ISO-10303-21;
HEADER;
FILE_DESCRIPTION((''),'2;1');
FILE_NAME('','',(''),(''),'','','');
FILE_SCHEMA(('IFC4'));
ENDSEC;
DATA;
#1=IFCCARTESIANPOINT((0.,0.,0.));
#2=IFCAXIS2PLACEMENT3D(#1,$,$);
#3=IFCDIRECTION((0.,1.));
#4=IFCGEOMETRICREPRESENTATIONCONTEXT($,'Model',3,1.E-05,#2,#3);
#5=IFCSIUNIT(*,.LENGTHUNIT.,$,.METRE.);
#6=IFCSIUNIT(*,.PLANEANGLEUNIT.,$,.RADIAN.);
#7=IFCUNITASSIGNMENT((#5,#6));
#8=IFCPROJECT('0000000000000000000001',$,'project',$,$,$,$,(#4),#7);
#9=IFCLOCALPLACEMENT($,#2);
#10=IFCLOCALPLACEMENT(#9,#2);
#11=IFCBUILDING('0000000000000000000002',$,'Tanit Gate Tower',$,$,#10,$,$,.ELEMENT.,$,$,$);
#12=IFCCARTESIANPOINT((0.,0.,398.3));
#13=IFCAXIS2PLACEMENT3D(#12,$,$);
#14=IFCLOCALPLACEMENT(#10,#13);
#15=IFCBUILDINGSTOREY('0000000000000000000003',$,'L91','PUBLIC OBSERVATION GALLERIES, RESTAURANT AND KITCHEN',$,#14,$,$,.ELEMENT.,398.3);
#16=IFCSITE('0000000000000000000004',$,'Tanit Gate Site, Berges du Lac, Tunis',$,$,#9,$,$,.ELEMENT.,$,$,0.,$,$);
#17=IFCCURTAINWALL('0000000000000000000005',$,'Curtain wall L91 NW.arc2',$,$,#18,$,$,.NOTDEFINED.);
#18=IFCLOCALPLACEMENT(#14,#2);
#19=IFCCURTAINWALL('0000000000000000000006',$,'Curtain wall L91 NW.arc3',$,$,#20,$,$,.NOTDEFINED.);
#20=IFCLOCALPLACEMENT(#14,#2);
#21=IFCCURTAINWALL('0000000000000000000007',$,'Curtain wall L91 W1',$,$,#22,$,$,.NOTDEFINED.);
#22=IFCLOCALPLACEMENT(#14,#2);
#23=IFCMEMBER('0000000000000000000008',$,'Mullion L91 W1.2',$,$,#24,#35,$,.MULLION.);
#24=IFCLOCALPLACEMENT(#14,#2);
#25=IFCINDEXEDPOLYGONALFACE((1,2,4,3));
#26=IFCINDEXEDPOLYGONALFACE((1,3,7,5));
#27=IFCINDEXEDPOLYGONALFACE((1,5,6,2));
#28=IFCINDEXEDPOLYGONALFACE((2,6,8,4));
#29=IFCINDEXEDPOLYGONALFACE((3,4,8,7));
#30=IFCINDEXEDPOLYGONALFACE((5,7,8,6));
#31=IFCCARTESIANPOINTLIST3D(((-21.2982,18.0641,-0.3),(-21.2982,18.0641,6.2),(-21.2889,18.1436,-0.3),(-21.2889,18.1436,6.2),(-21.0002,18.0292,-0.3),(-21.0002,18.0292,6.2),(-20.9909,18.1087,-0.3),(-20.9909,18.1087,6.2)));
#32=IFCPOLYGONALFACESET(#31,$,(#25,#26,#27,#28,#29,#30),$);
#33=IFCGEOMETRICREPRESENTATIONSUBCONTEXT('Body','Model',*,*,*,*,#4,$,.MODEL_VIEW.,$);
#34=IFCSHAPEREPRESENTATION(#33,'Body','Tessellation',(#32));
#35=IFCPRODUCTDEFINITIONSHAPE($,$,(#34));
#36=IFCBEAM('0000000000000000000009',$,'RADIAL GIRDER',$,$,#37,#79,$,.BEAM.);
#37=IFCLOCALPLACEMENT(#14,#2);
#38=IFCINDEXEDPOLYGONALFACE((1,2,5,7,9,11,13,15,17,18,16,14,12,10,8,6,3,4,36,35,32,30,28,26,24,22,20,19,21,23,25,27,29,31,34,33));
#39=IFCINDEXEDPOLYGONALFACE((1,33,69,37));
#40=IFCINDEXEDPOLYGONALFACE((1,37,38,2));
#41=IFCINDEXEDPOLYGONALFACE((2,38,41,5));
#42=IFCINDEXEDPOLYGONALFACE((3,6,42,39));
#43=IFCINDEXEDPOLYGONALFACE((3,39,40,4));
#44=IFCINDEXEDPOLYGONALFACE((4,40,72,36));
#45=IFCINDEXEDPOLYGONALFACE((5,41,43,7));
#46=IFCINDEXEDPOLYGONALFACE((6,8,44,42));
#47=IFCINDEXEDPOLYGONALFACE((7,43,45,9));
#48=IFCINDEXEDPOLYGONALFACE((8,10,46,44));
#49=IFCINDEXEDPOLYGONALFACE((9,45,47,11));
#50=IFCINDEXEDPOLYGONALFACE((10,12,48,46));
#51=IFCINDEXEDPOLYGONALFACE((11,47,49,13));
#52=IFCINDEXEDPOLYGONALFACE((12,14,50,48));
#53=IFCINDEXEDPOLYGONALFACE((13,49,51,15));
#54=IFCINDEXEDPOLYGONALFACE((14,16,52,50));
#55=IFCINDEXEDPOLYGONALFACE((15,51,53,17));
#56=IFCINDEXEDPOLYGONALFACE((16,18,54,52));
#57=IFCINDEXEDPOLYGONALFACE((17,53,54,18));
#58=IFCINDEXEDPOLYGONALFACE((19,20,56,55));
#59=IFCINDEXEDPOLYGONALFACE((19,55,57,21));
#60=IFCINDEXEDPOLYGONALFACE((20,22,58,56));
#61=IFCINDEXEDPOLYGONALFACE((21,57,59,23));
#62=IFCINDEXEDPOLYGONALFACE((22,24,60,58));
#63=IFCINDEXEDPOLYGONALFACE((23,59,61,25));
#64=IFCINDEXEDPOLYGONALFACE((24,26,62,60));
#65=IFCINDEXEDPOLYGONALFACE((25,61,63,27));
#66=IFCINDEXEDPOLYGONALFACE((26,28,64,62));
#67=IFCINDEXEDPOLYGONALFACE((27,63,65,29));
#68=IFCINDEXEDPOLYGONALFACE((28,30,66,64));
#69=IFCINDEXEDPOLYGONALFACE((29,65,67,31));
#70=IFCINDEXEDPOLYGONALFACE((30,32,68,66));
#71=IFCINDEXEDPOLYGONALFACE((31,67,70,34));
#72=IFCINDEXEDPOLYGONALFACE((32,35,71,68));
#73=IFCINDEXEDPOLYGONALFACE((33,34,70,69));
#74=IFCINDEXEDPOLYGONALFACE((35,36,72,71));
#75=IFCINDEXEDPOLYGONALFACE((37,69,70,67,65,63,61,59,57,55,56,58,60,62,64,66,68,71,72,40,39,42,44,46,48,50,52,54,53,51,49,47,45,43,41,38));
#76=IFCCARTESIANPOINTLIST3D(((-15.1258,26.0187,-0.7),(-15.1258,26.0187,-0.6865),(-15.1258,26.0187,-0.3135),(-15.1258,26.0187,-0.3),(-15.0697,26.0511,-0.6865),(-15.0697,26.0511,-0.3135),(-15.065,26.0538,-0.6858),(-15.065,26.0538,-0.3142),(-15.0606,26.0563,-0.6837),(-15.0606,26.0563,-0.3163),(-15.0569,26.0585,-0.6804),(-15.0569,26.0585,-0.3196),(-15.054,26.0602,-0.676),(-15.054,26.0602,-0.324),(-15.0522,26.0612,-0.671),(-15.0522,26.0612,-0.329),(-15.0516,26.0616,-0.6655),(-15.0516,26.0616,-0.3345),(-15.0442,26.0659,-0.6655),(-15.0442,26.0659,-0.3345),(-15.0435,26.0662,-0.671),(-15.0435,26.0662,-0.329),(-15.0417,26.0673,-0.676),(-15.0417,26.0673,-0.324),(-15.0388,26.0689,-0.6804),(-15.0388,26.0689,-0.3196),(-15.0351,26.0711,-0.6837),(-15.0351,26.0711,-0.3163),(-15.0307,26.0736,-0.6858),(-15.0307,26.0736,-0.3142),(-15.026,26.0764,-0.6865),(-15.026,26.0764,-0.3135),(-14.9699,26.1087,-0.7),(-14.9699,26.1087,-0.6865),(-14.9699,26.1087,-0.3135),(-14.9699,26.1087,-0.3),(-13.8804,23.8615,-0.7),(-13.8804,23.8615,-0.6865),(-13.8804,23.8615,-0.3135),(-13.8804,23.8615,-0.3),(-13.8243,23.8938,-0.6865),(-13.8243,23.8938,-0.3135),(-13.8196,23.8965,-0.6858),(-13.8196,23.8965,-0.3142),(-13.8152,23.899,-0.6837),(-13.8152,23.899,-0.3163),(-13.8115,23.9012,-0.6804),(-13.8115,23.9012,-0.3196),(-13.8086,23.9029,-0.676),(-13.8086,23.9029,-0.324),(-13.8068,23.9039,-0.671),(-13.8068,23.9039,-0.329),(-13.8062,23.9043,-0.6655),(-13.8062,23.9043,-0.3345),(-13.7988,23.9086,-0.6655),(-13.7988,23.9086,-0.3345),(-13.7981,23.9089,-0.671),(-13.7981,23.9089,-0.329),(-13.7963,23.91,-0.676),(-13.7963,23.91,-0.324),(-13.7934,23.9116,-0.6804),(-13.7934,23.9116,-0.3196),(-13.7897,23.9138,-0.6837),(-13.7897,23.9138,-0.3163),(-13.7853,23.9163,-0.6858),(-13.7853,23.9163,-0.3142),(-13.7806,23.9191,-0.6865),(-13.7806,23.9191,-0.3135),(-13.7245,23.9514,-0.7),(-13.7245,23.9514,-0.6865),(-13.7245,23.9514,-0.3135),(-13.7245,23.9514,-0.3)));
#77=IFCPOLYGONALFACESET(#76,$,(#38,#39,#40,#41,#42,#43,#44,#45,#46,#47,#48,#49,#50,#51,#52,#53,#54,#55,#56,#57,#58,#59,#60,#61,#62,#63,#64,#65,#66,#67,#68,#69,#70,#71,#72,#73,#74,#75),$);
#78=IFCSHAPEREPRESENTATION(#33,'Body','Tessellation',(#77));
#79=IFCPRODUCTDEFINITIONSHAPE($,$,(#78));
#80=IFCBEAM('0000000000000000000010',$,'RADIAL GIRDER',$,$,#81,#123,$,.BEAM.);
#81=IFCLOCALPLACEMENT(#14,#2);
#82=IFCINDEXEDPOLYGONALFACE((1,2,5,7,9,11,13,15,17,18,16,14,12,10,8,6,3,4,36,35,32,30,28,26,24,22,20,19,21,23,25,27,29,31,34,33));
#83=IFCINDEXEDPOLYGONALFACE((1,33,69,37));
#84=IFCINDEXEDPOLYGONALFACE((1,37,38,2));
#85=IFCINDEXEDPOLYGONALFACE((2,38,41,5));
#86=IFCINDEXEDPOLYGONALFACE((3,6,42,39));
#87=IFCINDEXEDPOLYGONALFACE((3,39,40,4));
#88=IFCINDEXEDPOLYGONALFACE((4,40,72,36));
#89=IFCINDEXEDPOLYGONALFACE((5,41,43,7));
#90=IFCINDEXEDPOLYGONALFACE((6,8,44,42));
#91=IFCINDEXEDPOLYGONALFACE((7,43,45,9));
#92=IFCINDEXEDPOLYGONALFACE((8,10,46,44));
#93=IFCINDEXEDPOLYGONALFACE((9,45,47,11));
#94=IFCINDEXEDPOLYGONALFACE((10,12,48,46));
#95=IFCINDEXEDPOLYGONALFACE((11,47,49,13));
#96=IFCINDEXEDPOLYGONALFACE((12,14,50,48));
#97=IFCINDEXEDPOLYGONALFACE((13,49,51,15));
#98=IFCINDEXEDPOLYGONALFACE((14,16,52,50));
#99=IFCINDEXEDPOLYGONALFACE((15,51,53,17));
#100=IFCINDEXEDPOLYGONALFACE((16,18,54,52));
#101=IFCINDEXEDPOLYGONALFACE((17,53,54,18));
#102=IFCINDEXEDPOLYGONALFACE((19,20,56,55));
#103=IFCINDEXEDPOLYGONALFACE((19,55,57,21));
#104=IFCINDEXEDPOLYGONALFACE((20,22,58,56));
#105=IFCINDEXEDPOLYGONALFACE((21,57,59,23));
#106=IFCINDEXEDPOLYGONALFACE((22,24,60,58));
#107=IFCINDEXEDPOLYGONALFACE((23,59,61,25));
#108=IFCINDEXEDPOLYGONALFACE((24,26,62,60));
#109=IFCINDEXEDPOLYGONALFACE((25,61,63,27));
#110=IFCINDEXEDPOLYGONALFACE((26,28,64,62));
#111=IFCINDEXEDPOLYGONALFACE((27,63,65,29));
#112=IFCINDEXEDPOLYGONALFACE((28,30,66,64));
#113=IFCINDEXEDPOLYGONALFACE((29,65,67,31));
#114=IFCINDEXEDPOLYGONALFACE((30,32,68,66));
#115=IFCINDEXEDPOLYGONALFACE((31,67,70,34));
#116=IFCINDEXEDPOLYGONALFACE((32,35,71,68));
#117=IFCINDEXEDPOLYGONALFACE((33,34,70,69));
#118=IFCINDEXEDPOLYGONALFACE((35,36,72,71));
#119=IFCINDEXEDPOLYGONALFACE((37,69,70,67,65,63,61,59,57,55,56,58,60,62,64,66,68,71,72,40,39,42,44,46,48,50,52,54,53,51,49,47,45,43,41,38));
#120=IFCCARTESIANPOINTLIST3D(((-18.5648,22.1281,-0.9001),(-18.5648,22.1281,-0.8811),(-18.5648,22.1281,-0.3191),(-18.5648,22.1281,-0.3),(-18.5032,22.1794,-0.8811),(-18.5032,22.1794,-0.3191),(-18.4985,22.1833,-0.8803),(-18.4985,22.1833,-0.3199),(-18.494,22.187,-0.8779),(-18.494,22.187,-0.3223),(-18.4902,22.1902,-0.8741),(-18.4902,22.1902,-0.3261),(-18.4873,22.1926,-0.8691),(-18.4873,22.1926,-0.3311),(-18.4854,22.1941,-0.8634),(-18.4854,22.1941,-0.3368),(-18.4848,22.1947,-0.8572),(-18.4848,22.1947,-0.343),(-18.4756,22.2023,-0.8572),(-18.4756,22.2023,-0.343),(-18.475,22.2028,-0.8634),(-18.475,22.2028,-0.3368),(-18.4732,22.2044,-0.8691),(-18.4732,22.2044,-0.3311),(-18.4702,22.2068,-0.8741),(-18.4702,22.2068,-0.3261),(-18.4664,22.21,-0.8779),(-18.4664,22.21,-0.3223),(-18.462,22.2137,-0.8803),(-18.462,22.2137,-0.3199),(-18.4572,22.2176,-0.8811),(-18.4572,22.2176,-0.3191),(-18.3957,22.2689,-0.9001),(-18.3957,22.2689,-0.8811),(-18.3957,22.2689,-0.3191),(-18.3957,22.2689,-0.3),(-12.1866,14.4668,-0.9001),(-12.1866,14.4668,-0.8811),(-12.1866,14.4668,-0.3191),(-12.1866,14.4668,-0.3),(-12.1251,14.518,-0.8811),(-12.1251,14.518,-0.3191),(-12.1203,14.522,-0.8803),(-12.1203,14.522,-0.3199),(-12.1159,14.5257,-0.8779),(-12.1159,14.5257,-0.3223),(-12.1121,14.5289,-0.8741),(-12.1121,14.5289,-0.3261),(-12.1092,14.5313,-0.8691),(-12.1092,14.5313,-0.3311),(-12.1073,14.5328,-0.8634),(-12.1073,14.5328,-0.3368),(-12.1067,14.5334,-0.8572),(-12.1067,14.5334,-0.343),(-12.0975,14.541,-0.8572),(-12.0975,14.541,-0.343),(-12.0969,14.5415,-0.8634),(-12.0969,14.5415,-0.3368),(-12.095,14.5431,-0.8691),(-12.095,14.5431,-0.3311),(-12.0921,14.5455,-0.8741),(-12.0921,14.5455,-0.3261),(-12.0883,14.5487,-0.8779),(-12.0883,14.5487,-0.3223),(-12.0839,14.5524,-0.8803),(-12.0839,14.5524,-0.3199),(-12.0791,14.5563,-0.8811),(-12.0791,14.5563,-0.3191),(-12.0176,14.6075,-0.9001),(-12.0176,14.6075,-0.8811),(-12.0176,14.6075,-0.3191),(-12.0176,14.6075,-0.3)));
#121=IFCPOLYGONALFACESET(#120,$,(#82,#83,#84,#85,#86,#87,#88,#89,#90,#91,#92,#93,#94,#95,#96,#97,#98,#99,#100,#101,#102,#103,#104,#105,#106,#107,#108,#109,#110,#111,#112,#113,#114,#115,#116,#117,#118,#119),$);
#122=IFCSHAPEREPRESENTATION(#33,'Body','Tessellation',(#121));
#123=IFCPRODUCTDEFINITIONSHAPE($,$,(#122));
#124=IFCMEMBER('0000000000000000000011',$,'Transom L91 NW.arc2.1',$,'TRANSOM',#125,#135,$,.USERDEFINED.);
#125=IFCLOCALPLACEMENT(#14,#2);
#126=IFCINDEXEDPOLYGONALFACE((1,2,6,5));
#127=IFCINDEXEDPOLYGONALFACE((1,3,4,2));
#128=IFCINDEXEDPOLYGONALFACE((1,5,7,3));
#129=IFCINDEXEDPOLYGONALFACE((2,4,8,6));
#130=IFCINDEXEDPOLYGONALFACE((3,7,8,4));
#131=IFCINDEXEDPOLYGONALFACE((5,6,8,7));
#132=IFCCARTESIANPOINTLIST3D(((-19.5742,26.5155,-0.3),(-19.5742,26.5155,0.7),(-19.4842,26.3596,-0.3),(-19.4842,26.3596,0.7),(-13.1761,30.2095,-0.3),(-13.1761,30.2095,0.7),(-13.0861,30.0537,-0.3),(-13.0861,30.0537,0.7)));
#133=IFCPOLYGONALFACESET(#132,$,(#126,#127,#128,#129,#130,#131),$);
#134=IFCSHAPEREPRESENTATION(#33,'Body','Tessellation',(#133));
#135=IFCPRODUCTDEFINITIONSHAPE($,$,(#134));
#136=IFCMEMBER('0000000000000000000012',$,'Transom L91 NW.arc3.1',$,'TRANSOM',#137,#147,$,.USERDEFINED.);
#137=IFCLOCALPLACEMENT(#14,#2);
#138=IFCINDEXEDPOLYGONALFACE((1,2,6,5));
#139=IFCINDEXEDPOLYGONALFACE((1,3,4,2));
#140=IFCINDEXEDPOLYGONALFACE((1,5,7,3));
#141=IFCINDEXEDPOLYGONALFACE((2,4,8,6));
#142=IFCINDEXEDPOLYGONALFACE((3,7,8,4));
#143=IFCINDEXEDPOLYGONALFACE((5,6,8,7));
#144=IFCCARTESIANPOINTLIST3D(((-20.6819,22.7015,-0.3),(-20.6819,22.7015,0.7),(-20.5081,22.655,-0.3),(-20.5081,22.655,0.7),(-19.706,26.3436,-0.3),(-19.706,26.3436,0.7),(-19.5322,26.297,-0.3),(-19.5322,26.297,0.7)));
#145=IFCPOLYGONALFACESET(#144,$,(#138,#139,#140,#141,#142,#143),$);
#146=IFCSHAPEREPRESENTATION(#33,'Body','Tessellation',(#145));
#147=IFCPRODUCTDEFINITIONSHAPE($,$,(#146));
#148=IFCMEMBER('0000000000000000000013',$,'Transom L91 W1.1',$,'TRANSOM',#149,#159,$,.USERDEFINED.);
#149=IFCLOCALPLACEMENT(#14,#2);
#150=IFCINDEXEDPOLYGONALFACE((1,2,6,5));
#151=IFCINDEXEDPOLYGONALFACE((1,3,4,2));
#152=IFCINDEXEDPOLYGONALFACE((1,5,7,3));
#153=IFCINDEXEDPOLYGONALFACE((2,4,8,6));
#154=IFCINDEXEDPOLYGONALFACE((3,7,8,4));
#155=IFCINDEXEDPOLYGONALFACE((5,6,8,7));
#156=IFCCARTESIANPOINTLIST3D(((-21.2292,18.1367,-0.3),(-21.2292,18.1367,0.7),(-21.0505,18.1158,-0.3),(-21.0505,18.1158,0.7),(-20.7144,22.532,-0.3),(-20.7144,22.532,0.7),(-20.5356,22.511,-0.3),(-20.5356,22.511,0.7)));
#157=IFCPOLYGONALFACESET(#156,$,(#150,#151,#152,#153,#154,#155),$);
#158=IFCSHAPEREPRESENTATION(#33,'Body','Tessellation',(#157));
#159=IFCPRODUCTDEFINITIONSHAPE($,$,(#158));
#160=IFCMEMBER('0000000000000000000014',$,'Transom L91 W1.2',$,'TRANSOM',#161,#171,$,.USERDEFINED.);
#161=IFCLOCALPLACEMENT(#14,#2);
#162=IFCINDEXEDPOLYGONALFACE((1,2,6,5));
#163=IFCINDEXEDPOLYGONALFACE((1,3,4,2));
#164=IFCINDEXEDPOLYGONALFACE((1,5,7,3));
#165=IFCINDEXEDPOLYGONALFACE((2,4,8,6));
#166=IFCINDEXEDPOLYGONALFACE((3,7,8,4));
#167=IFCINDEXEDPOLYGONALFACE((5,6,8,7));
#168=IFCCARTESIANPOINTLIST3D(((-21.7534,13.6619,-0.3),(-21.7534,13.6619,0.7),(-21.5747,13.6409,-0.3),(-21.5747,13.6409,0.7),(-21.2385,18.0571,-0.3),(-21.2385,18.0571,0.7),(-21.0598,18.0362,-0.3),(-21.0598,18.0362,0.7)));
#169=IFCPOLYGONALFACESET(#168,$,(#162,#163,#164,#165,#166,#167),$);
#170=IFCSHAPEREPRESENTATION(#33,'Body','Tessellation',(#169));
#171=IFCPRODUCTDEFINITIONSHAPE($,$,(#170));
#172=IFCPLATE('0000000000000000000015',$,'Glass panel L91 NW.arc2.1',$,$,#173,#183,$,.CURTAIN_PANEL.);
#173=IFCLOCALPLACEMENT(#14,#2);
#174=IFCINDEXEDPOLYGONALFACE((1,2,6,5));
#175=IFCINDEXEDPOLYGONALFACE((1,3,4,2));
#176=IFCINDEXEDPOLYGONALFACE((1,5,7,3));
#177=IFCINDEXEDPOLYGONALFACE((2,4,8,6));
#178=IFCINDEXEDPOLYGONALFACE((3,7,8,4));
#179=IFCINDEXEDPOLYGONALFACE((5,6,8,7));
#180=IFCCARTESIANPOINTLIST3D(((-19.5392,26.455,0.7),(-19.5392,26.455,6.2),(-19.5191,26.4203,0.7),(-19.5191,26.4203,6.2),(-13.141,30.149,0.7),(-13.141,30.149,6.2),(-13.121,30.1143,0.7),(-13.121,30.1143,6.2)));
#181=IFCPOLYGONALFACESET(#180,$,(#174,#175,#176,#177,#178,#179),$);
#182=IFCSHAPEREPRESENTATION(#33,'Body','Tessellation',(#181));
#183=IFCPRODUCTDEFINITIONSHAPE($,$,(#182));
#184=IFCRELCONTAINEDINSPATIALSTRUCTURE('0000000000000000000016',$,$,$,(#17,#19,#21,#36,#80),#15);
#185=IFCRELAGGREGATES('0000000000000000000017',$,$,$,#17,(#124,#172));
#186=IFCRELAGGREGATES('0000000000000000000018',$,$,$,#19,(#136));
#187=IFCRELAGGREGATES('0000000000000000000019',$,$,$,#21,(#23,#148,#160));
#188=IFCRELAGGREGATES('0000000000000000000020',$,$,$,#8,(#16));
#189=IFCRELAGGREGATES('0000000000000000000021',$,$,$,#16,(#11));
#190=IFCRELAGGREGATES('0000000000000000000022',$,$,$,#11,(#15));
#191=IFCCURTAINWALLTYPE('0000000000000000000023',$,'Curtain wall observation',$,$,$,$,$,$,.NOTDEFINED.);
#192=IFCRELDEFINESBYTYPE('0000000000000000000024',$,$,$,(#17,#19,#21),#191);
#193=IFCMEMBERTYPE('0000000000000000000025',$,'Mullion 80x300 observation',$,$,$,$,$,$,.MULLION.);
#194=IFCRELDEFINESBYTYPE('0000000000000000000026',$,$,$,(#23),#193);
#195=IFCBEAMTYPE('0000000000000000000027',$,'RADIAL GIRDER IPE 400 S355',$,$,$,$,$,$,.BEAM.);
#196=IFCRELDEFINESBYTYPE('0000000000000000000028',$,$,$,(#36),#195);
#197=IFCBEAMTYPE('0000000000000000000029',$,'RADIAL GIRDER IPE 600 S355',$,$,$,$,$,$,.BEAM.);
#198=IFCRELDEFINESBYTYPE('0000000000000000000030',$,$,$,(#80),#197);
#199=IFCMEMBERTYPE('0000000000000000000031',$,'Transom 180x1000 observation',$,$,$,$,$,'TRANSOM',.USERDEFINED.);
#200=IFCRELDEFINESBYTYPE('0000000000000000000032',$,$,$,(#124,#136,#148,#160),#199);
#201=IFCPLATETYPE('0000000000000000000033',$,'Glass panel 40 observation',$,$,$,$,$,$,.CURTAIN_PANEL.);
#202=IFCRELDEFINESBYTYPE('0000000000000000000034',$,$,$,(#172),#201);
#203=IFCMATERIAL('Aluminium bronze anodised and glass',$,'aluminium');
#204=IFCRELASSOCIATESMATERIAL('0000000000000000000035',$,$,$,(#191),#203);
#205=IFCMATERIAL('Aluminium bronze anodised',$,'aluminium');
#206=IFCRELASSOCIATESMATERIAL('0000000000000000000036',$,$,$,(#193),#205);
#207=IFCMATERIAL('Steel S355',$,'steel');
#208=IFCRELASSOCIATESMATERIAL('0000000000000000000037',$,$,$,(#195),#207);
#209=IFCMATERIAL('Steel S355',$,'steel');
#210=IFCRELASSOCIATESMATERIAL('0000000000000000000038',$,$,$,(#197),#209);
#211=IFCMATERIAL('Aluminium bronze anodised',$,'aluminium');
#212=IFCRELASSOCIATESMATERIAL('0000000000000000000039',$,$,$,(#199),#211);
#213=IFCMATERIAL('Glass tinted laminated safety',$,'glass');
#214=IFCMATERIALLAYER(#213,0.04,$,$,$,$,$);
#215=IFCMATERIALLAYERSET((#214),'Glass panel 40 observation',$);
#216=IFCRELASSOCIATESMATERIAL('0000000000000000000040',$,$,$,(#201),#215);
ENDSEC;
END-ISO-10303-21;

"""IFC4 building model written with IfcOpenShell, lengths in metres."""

from ifc_helpers import new_model, si_unit, direction, frame, origin, origin_2d, place, context, subcontext, project, spatial, rectangle, i_section, extrude, material, layer, layer_set, material_profile, profile_set, type_object, element, aggregate, save


model = new_model("IFC4")

# Units and contexts
model_context = context("Model", 3, precision=1e-05, world=origin(), true_north=direction((0.0, 1.0)))
body_context = subcontext(model_context, "Body", "Model", "MODEL_VIEW")
ifc_project = project(units=[si_unit("LENGTHUNIT", "METRE"), si_unit("PLANEANGLEUNIT", "RADIAN")], contexts=[model_context])

# Site, building, storey
site_placement = place(None, origin())
site = spatial("IfcSite", under=ifc_project, at=site_placement, Name="Tanit Gate Site, Berges du Lac, Tunis", CompositionType="ELEMENT", RefElevation=0.0)
building_placement = place(site_placement, origin())
building = spatial("IfcBuilding", under=site, at=building_placement, Name="Tanit Gate Tower", CompositionType="ELEMENT")
storey_placement = place(building_placement, frame((0.0, 0.0, 398.3)))
storey = spatial("IfcBuildingStorey", under=building, at=storey_placement, Name="L91", Description="PUBLIC OBSERVATION GALLERIES, RESTAURANT AND KITCHEN", CompositionType="ELEMENT", Elevation=398.3)

# Curtain walls, member
ifc_material_1 = material(Name="Aluminium bronze anodised and glass", Category="aluminium")
curtain_wall_type = type_object("IfcCurtainWallType", Name="Curtain wall observation", PredefinedType="NOTDEFINED", material=ifc_material_1)
curtain_wall_1_placement = place(storey_placement, origin())
curtain_wall_1 = element("IfcCurtainWall", 1, at=curtain_wall_1_placement, inside=storey, type_object=curtain_wall_type, Name="Curtain wall L91 NW.arc2", PredefinedType="NOTDEFINED")
ifc_material_2 = material(Name="Aluminium bronze anodised", Category="aluminium")
ifc_material_profile_1 = material_profile(ifc_material_2, rectangle(XDim=0.3, YDim=0.0801, at=origin_2d()), Name="80x300 bronze mullion")
ifc_profile_set_1 = profile_set([ifc_material_profile_1], Name="Aluminium bronze anodised")
member_type_1 = type_object("IfcMemberType", Name="Mullion 80x300 observation", PredefinedType="MULLION", material=ifc_profile_set_1)
curtain_wall_2_placement = place(storey_placement, origin())
curtain_wall_2 = element("IfcCurtainWall", 2, at=curtain_wall_2_placement, inside=storey, type_object=curtain_wall_type, Name="Curtain wall L91 NW.arc3", PredefinedType="NOTDEFINED")
curtain_wall_3_placement = place(storey_placement, origin())
curtain_wall_3 = element("IfcCurtainWall", 3, at=curtain_wall_3_placement, inside=storey, type_object=curtain_wall_type, Name="Curtain wall L91 W1", PredefinedType="NOTDEFINED")
member_1_placement = place(storey_placement, frame((-21.1445, 18.0864, -0.3), z_axis=(0.0, 0.0, 1.0), x_axis=(0.993212, -0.116318, 0.0)))
member_1 = element("IfcMember", 4, at=member_1_placement, type_object=member_type_1, Name="Mullion L91 W1.2", PredefinedType="MULLION", context=body_context, shape_type="SweptSolid", body=[
    extrude(rectangle(XDim=0.3, YDim=0.0801, at=origin_2d()), origin(), (0.0, 0.0, 1.0), 6.5),
])

# Beams
ifc_material_3 = material(Name="Steel S355", Category="steel")
ifc_material_profile_2 = material_profile(ifc_material_3, i_section(OverallWidth=0.1799, OverallDepth=0.3999, WebThickness=0.0085, FlangeThickness=0.0134, FilletRadius=0.021, at=origin_2d()), Name="IPE 400")
ifc_profile_set_2 = profile_set([ifc_material_profile_2], Name="Steel S355")
beam_type_1 = type_object("IfcBeamType", Name="RADIAL GIRDER IPE 400 S355", PredefinedType="BEAM", material=ifc_profile_set_2)
beam_1_placement = place(storey_placement, frame((-15.0479, 26.0637, -0.5), z_axis=(0.499966, -0.866045, 0.0), x_axis=(0.866045, 0.499966, 0.0)))
element("IfcBeam", 5, at=beam_1_placement, inside=storey, type_object=beam_type_1, Name="RADIAL GIRDER", PredefinedType="BEAM", context=body_context, shape_type="SweptSolid", body=[
    extrude(i_section(OverallWidth=0.1799, OverallDepth=0.3999, WebThickness=0.0085, FlangeThickness=0.0134, FilletRadius=0.021, at=origin_2d()), origin(), (0.0, 0.0, 1.0), 2.491),
])
ifc_material_4 = material(Name="Steel S355", Category="steel")
ifc_material_profile_3 = material_profile(ifc_material_4, i_section(OverallWidth=0.22, OverallDepth=0.6001, WebThickness=0.012, FlangeThickness=0.019, FilletRadius=0.0239, at=origin_2d()), Name="IPE 600")
ifc_profile_set_3 = profile_set([ifc_material_profile_3], Name="Steel S355")
beam_type_2 = type_object("IfcBeamType", Name="RADIAL GIRDER IPE 600 S355", PredefinedType="BEAM", material=ifc_profile_set_3)
beam_2_placement = place(storey_placement, frame((-18.4802, 22.1985, -0.6001), z_axis=(0.639811, -0.768532, 0.0), x_axis=(0.768532, 0.639811, 0.0)))
element("IfcBeam", 6, at=beam_2_placement, inside=storey, type_object=beam_type_2, Name="RADIAL GIRDER", PredefinedType="BEAM", context=body_context, shape_type="SweptSolid", body=[
    extrude(i_section(OverallWidth=0.22, OverallDepth=0.6001, WebThickness=0.012, FlangeThickness=0.019, FilletRadius=0.0239, at=origin_2d()), origin(), (0.0, 0.0, 1.0), 9.9688),
])

# Members
ifc_material_5 = material(Name="Aluminium bronze anodised", Category="aluminium")
ifc_material_profile_4 = material_profile(ifc_material_5, rectangle(XDim=0.1799, YDim=1.0, at=origin_2d()), Name="180x1000 bronze transom")
ifc_profile_set_4 = profile_set([ifc_material_profile_4], Name="Aluminium bronze anodised")
member_type_2 = type_object("IfcMemberType", Name="Transom 180x1000 observation", ElementType="TRANSOM", PredefinedType="USERDEFINED", material=ifc_profile_set_4)
member_2_placement = place(storey_placement, frame((-13.1311, 30.1316, 0.2), z_axis=(-0.86602, -0.500009, 0.0), x_axis=(0.500009, -0.86602, 0.0)))
member_2 = element("IfcMember", 7, at=member_2_placement, type_object=member_type_2, Name="Transom L91 NW.arc2.1", ObjectType="TRANSOM", PredefinedType="USERDEFINED", context=body_context, shape_type="SweptSolid", body=[
    extrude(rectangle(XDim=0.1799, YDim=1.0, at=origin_2d()), origin(), (0.0, 0.0, 1.0), 7.3879),
])
member_3_placement = place(storey_placement, frame((-19.6191, 26.3203, 0.2), z_axis=(-0.258803, -0.96593, 0.0), x_axis=(0.96593, -0.258803, 0.0)))
member_3 = element("IfcMember", 8, at=member_3_placement, type_object=member_type_2, Name="Transom L91 NW.arc3.1", ObjectType="TRANSOM", PredefinedType="USERDEFINED", context=body_context, shape_type="SweptSolid", body=[
    extrude(rectangle(XDim=0.1799, YDim=1.0, at=origin_2d()), origin(), (0.0, 0.0, 1.0), 3.7705),
])
member_4_placement = place(storey_placement, frame((-20.625, 22.5215, 0.2), z_axis=(-0.116351, -0.993208, 0.0), x_axis=(0.993208, -0.116351, 0.0)))
member_4 = element("IfcMember", 9, at=member_4_placement, type_object=member_type_2, Name="Transom L91 W1.1", ObjectType="TRANSOM", PredefinedType="USERDEFINED", context=body_context, shape_type="SweptSolid", body=[
    extrude(rectangle(XDim=0.1799, YDim=1.0, at=origin_2d()), origin(), (0.0, 0.0, 1.0), 4.4253),
])
member_5_placement = place(storey_placement, frame((-21.1492, 18.0466, 0.2), z_axis=(-0.116351, -0.993208, 0.0), x_axis=(0.993208, -0.116351, 0.0)))
member_5 = element("IfcMember", 10, at=member_5_placement, type_object=member_type_2, Name="Transom L91 W1.2", ObjectType="TRANSOM", PredefinedType="USERDEFINED", context=body_context, shape_type="SweptSolid", body=[
    extrude(rectangle(XDim=0.1799, YDim=1.0, at=origin_2d()), origin(), (0.0, 0.0, 1.0), 4.4253),
])

# Plate
ifc_material_6 = material(Name="Glass tinted laminated safety", Category="glass")
ifc_layer_1 = layer(ifc_material_6, 0.04)
ifc_layer_set_1 = layer_set([ifc_layer_1], Name="Glass panel 40 observation")
plate_type = type_object("IfcPlateType", Name="Glass panel 40 observation", PredefinedType="CURTAIN_PANEL", material=ifc_layer_set_1)
plate_1_placement = place(storey_placement, frame((-16.3301, 28.2847, 0.7), z_axis=(0.0, 0.0, 1.0), x_axis=(-0.866025, -0.5, 0.0)))
plate_1 = element("IfcPlate", 11, at=plate_1_placement, type_object=plate_type, Name="Glass panel L91 NW.arc2.1", PredefinedType="CURTAIN_PANEL", context=body_context, shape_type="SweptSolid", body=[
    extrude(rectangle(XDim=7.3879, YDim=0.04, at=origin_2d()), origin(), (0.0, 0.0, 1.0), 5.5),
])
aggregate(curtain_wall_1, [member_2, plate_1])
aggregate(curtain_wall_2, [member_3])
aggregate(curtain_wall_3, [member_1, member_4, member_5])

save(model, "model.ifc")
